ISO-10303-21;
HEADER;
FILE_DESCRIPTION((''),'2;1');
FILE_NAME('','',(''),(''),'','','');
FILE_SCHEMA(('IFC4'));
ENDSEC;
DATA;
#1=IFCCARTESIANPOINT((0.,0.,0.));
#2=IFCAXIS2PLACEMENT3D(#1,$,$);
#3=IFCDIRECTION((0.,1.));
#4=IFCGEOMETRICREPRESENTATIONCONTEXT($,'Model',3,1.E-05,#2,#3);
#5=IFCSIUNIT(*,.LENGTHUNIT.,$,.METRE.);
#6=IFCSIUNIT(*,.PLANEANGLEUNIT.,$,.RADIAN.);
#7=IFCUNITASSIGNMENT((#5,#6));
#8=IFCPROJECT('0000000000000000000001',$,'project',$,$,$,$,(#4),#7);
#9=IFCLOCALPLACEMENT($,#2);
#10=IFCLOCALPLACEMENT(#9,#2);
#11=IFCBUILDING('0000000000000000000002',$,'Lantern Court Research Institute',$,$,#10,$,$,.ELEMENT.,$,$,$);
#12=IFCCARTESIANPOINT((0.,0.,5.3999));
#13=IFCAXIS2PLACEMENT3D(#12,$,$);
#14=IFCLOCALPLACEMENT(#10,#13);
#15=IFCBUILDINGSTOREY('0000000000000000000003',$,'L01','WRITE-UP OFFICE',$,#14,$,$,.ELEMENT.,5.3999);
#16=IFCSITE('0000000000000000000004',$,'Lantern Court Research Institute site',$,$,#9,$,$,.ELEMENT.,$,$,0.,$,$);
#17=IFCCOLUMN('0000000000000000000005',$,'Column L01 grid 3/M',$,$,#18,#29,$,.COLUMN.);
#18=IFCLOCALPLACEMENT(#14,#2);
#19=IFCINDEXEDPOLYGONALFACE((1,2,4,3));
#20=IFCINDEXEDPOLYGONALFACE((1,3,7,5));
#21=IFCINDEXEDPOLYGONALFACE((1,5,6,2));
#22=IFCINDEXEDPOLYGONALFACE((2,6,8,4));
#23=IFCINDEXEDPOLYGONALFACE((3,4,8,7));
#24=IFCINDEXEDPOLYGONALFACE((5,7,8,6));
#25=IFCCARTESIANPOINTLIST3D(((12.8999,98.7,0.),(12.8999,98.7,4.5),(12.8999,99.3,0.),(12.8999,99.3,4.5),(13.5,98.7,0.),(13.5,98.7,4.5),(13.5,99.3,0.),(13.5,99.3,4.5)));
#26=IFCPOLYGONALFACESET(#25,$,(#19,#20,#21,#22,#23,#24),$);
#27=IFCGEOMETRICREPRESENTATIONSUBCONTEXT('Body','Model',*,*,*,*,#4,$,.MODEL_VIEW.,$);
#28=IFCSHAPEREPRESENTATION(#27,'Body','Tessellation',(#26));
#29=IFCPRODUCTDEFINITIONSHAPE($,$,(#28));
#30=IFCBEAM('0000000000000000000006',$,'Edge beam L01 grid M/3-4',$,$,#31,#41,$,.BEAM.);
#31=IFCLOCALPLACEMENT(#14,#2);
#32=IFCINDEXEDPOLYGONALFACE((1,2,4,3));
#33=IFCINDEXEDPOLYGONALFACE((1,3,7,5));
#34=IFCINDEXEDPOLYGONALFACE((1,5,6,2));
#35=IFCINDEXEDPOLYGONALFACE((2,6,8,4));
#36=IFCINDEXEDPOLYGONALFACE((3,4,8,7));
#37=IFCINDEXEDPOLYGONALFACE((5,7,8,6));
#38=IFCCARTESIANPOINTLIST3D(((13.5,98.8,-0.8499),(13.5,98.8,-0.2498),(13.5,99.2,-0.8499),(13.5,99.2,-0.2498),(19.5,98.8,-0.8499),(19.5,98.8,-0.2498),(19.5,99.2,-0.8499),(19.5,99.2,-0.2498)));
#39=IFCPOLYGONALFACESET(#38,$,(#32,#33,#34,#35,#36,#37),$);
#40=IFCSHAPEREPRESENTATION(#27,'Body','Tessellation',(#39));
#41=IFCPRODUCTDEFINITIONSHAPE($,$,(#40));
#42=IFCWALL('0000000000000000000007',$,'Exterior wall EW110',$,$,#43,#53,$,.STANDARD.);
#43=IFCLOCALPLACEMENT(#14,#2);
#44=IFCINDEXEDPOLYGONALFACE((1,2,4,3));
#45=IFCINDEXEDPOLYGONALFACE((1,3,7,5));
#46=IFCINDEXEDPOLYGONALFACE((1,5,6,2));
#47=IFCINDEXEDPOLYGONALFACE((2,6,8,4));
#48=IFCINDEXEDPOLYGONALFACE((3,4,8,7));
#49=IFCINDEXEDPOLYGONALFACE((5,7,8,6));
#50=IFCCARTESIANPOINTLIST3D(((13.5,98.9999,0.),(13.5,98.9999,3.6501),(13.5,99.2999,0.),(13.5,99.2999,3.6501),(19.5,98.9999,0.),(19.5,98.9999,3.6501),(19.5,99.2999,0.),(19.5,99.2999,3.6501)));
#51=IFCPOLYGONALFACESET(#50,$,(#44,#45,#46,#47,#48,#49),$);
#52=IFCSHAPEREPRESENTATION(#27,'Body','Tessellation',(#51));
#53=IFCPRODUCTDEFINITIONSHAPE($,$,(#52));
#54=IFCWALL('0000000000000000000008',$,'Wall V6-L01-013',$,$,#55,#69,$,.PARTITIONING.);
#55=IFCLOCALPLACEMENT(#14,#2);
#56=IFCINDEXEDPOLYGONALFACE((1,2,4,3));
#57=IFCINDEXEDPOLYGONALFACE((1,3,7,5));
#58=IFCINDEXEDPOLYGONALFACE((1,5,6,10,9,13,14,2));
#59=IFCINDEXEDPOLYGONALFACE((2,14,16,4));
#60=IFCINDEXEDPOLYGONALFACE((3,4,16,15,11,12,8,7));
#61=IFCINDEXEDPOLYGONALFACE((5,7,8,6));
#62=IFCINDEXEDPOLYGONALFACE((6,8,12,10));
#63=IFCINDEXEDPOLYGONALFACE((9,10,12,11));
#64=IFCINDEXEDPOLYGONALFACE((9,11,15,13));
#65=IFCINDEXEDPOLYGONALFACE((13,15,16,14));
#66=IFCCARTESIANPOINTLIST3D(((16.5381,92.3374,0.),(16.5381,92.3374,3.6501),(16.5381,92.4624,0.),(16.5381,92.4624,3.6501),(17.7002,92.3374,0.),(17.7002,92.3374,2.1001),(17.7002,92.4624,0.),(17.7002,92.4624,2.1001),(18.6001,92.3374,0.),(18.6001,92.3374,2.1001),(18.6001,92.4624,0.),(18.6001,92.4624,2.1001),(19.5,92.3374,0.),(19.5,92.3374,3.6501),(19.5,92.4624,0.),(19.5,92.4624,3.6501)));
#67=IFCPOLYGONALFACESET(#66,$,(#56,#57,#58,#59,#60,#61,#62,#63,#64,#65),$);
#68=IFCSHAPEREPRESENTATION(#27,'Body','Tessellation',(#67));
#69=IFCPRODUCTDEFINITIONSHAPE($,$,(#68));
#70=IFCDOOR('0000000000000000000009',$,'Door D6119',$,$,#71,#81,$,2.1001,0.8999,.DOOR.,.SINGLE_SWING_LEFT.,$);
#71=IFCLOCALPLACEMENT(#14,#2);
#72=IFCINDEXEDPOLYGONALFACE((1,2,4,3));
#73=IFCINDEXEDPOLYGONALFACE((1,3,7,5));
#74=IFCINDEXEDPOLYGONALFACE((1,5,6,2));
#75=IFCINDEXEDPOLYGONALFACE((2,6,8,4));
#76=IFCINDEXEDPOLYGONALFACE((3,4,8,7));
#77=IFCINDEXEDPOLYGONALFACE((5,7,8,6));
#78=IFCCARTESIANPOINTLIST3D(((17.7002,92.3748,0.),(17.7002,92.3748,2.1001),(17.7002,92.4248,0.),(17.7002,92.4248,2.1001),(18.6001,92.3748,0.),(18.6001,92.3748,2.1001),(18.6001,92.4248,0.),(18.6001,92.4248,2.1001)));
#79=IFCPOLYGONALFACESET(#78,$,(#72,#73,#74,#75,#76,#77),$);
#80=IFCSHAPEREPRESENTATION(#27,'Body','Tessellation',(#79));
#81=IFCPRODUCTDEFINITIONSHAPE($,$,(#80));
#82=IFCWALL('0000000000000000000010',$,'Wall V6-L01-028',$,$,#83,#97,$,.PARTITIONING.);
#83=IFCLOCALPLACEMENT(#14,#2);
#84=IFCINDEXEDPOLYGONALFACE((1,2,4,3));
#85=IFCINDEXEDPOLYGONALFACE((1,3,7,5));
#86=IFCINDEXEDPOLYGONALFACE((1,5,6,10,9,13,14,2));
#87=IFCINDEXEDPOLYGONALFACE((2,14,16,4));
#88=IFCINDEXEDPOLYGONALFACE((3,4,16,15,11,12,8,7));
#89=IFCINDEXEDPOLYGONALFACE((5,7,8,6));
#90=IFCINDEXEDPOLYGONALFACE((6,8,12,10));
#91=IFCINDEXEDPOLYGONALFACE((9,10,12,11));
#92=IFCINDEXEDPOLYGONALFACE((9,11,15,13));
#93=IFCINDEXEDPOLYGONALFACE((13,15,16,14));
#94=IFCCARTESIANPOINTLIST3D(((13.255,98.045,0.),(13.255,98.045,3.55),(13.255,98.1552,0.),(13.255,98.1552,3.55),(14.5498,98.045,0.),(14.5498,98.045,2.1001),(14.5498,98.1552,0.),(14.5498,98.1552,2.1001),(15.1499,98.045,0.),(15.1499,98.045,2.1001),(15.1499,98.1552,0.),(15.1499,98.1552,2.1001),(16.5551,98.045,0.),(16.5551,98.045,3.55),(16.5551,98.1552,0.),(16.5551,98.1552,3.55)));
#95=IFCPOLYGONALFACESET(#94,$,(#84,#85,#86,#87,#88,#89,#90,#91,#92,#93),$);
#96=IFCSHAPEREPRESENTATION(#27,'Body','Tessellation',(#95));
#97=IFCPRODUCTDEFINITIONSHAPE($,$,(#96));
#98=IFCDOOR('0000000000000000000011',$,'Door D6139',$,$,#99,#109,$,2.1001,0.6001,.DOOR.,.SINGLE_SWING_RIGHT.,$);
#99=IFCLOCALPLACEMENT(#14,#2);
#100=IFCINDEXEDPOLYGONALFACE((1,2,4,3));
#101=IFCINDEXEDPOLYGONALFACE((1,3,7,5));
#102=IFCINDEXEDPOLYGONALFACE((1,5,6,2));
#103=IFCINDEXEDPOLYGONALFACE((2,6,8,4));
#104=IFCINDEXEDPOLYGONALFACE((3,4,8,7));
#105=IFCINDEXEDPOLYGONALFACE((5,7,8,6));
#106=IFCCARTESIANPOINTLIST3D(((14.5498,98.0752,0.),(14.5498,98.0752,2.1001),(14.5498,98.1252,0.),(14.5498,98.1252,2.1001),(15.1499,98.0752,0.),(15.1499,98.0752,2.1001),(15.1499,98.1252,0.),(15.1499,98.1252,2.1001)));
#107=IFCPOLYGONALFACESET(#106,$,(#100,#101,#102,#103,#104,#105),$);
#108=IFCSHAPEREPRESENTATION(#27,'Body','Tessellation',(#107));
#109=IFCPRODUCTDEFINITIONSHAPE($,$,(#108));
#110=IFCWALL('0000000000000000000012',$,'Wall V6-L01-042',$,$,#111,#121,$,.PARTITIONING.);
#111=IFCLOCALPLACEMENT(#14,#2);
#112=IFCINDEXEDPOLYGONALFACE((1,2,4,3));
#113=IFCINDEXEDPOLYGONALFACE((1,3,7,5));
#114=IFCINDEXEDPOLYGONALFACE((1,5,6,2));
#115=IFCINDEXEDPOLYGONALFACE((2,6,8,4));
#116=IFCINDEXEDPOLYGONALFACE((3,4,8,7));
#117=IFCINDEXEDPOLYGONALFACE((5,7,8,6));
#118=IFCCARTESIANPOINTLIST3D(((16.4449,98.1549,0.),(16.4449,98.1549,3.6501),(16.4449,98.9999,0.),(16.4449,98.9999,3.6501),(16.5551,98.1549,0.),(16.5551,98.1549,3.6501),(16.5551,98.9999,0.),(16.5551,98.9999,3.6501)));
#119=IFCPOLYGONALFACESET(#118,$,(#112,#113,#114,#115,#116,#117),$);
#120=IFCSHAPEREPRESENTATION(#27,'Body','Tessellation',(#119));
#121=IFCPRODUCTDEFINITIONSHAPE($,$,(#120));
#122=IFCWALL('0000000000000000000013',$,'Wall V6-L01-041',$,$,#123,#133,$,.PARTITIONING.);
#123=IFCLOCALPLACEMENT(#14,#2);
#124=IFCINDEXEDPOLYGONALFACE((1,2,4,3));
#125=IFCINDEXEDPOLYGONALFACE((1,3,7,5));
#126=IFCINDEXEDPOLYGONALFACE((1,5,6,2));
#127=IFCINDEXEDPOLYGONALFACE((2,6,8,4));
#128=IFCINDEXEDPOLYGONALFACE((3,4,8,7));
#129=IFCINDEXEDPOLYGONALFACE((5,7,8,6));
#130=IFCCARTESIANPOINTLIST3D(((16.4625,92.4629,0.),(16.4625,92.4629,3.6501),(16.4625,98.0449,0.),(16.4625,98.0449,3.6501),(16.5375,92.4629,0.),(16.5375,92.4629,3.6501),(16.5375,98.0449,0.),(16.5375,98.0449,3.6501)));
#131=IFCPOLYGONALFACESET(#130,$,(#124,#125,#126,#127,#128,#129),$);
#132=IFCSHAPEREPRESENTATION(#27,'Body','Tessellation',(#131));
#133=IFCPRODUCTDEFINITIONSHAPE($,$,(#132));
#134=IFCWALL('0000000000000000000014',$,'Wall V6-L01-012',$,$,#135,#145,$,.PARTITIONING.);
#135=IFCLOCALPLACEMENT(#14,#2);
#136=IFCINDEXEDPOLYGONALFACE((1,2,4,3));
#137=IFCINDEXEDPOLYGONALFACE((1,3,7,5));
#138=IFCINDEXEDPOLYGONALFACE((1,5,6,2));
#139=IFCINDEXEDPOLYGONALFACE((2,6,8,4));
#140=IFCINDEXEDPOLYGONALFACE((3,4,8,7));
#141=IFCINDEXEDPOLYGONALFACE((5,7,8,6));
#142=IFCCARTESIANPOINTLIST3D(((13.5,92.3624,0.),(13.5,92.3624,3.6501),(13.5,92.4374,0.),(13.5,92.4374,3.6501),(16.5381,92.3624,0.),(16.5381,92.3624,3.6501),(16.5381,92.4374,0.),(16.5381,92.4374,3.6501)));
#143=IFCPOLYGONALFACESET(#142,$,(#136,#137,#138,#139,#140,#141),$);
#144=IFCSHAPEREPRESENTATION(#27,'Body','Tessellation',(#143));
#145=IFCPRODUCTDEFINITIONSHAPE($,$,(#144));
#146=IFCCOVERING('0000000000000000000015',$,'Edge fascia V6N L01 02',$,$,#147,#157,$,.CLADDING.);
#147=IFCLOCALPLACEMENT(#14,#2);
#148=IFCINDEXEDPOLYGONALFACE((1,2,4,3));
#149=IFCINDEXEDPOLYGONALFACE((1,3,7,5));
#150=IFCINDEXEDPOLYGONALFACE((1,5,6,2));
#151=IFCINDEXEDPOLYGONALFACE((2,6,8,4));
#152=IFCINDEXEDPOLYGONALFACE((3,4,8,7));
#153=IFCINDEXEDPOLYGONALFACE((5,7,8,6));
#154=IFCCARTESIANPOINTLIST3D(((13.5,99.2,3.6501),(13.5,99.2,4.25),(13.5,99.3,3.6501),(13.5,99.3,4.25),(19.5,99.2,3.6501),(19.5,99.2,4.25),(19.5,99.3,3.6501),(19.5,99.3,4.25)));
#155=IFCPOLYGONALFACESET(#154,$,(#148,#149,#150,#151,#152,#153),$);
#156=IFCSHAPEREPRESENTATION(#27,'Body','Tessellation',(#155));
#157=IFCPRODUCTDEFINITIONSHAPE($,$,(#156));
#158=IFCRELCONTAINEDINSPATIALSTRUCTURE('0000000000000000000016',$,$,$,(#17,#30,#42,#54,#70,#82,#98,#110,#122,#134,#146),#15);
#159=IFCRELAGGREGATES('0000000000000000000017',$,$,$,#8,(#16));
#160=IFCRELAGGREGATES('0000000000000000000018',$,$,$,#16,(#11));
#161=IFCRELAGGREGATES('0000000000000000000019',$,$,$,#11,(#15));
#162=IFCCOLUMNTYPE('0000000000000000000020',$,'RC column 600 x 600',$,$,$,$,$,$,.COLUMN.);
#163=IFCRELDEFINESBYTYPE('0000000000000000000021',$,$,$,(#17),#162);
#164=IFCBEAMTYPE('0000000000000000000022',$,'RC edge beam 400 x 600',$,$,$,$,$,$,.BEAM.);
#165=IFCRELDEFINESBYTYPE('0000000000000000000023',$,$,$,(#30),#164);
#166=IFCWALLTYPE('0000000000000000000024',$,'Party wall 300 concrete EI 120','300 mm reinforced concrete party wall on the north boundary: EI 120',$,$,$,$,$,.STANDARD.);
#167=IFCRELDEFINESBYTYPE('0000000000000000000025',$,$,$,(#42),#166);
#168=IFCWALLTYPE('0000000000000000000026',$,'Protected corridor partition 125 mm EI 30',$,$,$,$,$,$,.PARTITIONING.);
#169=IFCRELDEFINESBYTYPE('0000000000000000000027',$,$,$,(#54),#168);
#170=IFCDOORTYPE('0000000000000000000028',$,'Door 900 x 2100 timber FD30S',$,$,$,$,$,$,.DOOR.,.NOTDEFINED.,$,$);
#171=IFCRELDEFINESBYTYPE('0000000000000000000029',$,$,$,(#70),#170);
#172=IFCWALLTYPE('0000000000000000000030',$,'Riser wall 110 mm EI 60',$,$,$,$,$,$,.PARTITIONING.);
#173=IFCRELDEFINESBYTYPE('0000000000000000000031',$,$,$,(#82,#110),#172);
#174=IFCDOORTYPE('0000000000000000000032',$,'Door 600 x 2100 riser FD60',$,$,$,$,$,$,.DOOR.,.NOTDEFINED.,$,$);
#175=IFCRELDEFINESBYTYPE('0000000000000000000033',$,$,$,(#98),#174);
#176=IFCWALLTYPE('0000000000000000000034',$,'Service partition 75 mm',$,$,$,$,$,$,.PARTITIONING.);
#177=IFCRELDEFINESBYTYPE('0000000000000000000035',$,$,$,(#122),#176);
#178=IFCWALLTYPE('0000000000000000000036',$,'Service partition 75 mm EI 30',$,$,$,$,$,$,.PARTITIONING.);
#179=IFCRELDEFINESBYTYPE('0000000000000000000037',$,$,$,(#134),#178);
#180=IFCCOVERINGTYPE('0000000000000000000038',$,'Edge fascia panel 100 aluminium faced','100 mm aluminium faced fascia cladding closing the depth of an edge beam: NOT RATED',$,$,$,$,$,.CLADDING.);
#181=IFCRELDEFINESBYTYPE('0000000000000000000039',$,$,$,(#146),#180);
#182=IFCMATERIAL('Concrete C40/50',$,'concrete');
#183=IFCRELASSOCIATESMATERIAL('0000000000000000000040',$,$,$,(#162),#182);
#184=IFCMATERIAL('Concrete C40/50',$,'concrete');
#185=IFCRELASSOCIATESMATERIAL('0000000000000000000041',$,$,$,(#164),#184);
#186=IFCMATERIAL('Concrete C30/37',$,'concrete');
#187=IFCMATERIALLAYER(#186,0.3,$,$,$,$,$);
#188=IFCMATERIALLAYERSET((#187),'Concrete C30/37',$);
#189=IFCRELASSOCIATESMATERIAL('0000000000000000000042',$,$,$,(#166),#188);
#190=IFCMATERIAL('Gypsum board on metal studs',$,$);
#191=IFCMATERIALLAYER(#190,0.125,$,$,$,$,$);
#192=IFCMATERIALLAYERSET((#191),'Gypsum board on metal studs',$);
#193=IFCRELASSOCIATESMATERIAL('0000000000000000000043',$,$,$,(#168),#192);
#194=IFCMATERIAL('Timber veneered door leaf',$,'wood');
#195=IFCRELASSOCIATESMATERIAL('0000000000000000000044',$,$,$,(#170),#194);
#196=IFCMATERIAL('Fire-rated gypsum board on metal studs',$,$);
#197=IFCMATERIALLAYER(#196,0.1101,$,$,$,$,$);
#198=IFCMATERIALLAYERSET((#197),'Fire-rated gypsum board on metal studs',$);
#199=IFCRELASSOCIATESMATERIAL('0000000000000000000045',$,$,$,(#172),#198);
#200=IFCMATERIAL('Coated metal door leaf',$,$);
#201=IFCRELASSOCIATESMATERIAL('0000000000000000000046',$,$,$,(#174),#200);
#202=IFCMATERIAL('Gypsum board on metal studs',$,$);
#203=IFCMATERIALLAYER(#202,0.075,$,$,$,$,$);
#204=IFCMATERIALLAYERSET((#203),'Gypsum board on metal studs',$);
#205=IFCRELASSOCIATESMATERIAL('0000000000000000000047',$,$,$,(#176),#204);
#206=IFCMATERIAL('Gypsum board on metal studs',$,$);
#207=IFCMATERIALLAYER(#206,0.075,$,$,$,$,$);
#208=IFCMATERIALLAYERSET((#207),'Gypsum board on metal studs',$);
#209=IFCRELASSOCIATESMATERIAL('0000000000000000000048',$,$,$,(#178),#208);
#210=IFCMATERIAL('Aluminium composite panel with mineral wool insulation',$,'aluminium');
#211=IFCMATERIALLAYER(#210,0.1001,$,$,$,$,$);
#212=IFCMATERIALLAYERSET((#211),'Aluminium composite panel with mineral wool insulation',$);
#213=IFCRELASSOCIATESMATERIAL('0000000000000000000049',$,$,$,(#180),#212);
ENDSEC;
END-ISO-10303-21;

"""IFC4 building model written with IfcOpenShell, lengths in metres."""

from ifc_helpers import new_model, si_unit, direction, frame, frame_2d, origin, origin_2d, place, context, subcontext, project, spatial, rectangle, extrude, material, layer, layer_set, material_profile, profile_set, type_object, element, fill, save


model = new_model("IFC4")

# Units and contexts
model_context = context("Model", 3, precision=1e-05, world=origin(), true_north=direction((0.0, 1.0)))
body_context = subcontext(model_context, "Body", "Model", "MODEL_VIEW")
ifc_project = project(units=[si_unit("LENGTHUNIT", "METRE"), si_unit("PLANEANGLEUNIT", "RADIAN")], contexts=[model_context])

# Site, building, storey
site_placement = place(None, origin())
site = spatial("IfcSite", under=ifc_project, at=site_placement, Name="Lantern Court Research Institute site", CompositionType="ELEMENT", RefElevation=0.0)
building_placement = place(site_placement, origin())
building = spatial("IfcBuilding", under=site, at=building_placement, Name="Lantern Court Research Institute", CompositionType="ELEMENT")
storey_placement = place(building_placement, frame((0.0, 0.0, 5.3999)))
storey = spatial("IfcBuildingStorey", under=building, at=storey_placement, Name="L01", Description="WRITE-UP OFFICE", CompositionType="ELEMENT", Elevation=5.3999)

# Column
ifc_material_1 = material(Name="Concrete C40/50", Category="concrete")
ifc_material_profile_1 = material_profile(ifc_material_1, rectangle(XDim=0.6001, YDim=0.6001, at=origin_2d()), Name="RC column 600 x 600")
ifc_profile_set_1 = profile_set([ifc_material_profile_1], Name="Concrete C40/50")
column_type = type_object("IfcColumnType", Name="RC column 600 x 600", PredefinedType="COLUMN", material=ifc_profile_set_1)
column_placement = place(storey_placement, frame((13.2, 99.0, 0.0), z_axis=(0.0, 0.0, 1.0), x_axis=(1.0, 0.0, 0.0)))
element("IfcColumn", 1, at=column_placement, inside=storey, type_object=column_type, Name="Column L01 grid 3/M", PredefinedType="COLUMN", context=body_context, shape_type="SweptSolid", body=[
    extrude(rectangle(XDim=0.6001, YDim=0.6001, at=origin_2d()), origin(), (0.0, 0.0, 1.0), 4.5),
])

# Beam
ifc_material_2 = material(Name="Concrete C40/50", Category="concrete")
ifc_material_profile_2 = material_profile(ifc_material_2, rectangle(XDim=0.3999, YDim=0.6001, at=origin_2d()), Name="RC beam 400 x 600")
ifc_profile_set_2 = profile_set([ifc_material_profile_2], Name="Concrete C40/50")
beam_type = type_object("IfcBeamType", Name="RC edge beam 400 x 600", PredefinedType="BEAM", material=ifc_profile_set_2)
beam_placement = place(storey_placement, frame((13.5, 99.0, -0.5498), z_axis=(1.0, 0.0, 0.0), x_axis=(0.0, 1.0, 0.0)))
element("IfcBeam", 2, at=beam_placement, inside=storey, type_object=beam_type, Name="Edge beam L01 grid M/3-4", PredefinedType="BEAM", context=body_context, shape_type="SweptSolid", body=[
    extrude(rectangle(XDim=0.3999, YDim=0.6001, at=origin_2d()), origin(), (0.0, 0.0, 1.0), 6.0),
])

# Wall
ifc_material_3 = material(Name="Concrete C30/37", Category="concrete")
ifc_layer_1 = layer(ifc_material_3, 0.3)
ifc_layer_set_1 = layer_set([ifc_layer_1], Name="Concrete C30/37")
wall_type_1 = type_object("IfcWallType", Name="Party wall 300 concrete EI 120", Description="300 mm reinforced concrete party wall on the north boundary: EI 120", PredefinedType="STANDARD", material=ifc_layer_set_1)
wall_1_placement = place(storey_placement, frame((13.5, 99.1499, 0.0), z_axis=(0.0, 0.0, 1.0), x_axis=(1.0, 0.0, 0.0)))
element("IfcWall", 3, at=wall_1_placement, inside=storey, type_object=wall_type_1, Name="Exterior wall EW110", PredefinedType="STANDARD", context=body_context, shape_type="SweptSolid", body=[
    extrude(rectangle(XDim=6.0, YDim=0.3, at=frame_2d((3.0, 0.0))), origin(), (0.0, 0.0, 1.0), 3.6501),
])

# Walls, openings, doors
ifc_material_4 = material(Name="Gypsum board on metal studs")
ifc_layer_2 = layer(ifc_material_4, 0.125)
ifc_layer_set_2 = layer_set([ifc_layer_2], Name="Gypsum board on metal studs")
wall_type_2 = type_object("IfcWallType", Name="Protected corridor partition 125 mm EI 30", PredefinedType="PARTITIONING", material=ifc_layer_set_2)
wall_2_placement = place(storey_placement, frame((16.5381, 92.3999, 0.0), z_axis=(0.0, 0.0, 1.0), x_axis=(1.0, 0.0, 0.0)))
wall_2 = element("IfcWall", 4, at=wall_2_placement, inside=storey, type_object=wall_type_2, Name="Wall V6-L01-013", PredefinedType="PARTITIONING", context=body_context, shape_type="SweptSolid", body=[
    extrude(rectangle(XDim=2.9619, YDim=0.125, at=frame_2d((1.481, 0.0))), origin(), (0.0, 0.0, 1.0), 3.6501),
])
opening_1_placement = place(wall_2_placement, frame((1.1621, 0.0, 0.0)))
opening_1 = element("IfcOpeningElement", 5, at=opening_1_placement, cuts=wall_2, PredefinedType="OPENING", context=body_context, shape_type="SweptSolid", body=[
    extrude(rectangle(XDim=0.8999, YDim=2.1001, at=frame_2d((0.45, 1.05))), frame((0.0, 0.0725, 0.0), z_axis=(0.0, -1.0, 0.0), x_axis=(1.0, 0.0, 0.0)), (0.0, 0.0, 1.0), 0.145),
])
ifc_material_5 = material(Name="Timber veneered door leaf", Category="wood")
door_type_1 = type_object("IfcDoorType", Name="Door 900 x 2100 timber FD30S", OperationType="NOTDEFINED", PredefinedType="DOOR", material=ifc_material_5)
door_1_placement = place(opening_1_placement, origin())
door_1 = element("IfcDoor", 6, at=door_1_placement, inside=storey, type_object=door_type_1, Name="Door D6119", OperationType="SINGLE_SWING_LEFT", OverallHeight=2.1001, OverallWidth=0.8999, PredefinedType="DOOR", context=body_context, shape_type="SweptSolid", body=[
    extrude(rectangle(XDim=0.8999, YDim=2.1001, at=frame_2d((0.45, 1.05))), frame((0.0, 0.0249, 0.0), z_axis=(0.0, -1.0, 0.0), x_axis=(1.0, 0.0, 0.0)), (0.0, 0.0, 1.0), 0.05),
])
fill(opening_1, door_1)
ifc_material_6 = material(Name="Fire-rated gypsum board on metal studs")
ifc_layer_3 = layer(ifc_material_6, 0.1101)
ifc_layer_set_3 = layer_set([ifc_layer_3], Name="Fire-rated gypsum board on metal studs")
wall_type_3 = type_object("IfcWallType", Name="Riser wall 110 mm EI 60", PredefinedType="PARTITIONING", material=ifc_layer_set_3)
wall_3_placement = place(storey_placement, frame((16.5549, 98.1001, 0.0), z_axis=(0.0, 0.0, 1.0), x_axis=(-1.0, 0.0, 0.0)))
wall_3 = element("IfcWall", 7, at=wall_3_placement, inside=storey, type_object=wall_type_3, Name="Wall V6-L01-028", PredefinedType="PARTITIONING", context=body_context, shape_type="SweptSolid", body=[
    extrude(rectangle(XDim=3.3, YDim=0.1101, at=frame_2d((1.6499, 0.0))), origin(), (0.0, 0.0, 1.0), 3.55),
])
opening_2_placement = place(wall_3_placement, frame((1.405, 0.0, 0.0)))
opening_2 = element("IfcOpeningElement", 8, at=opening_2_placement, cuts=wall_3, PredefinedType="OPENING", context=body_context, shape_type="SweptSolid", body=[
    extrude(rectangle(XDim=0.6001, YDim=2.1001, at=frame_2d((0.3, 1.05))), frame((0.0, 0.0649, 0.0), z_axis=(0.0, -1.0, 0.0), x_axis=(1.0, 0.0, 0.0)), (0.0, 0.0, 1.0), 0.1301),
])
ifc_material_7 = material(Name="Coated metal door leaf")
door_type_2 = type_object("IfcDoorType", Name="Door 600 x 2100 riser FD60", OperationType="NOTDEFINED", PredefinedType="DOOR", material=ifc_material_7)
door_2_placement = place(opening_2_placement, origin())
door_2 = element("IfcDoor", 9, at=door_2_placement, inside=storey, type_object=door_type_2, Name="Door D6139", OperationType="SINGLE_SWING_RIGHT", OverallHeight=2.1001, OverallWidth=0.6001, PredefinedType="DOOR", context=body_context, shape_type="SweptSolid", body=[
    extrude(rectangle(XDim=0.6001, YDim=2.1001, at=frame_2d((0.3, 1.05))), frame((0.0, 0.0249, 0.0), z_axis=(0.0, -1.0, 0.0), x_axis=(1.0, 0.0, 0.0)), (0.0, 0.0, 1.0), 0.05),
])
fill(opening_2, door_2)

# Walls
wall_4_placement = place(storey_placement, frame((16.5, 98.155, 0.0), z_axis=(0.0, 0.0, 1.0), x_axis=(0.0, 1.0, 0.0)))
element("IfcWall", 10, at=wall_4_placement, inside=storey, type_object=wall_type_3, Name="Wall V6-L01-042", PredefinedType="PARTITIONING", context=body_context, shape_type="SweptSolid", body=[
    extrude(rectangle(XDim=0.845, YDim=0.1101, at=frame_2d((0.4224, 0.0))), origin(), (0.0, 0.0, 1.0), 3.6501),
])
ifc_material_8 = material(Name="Gypsum board on metal studs")
ifc_layer_4 = layer(ifc_material_8, 0.075)
ifc_layer_set_4 = layer_set([ifc_layer_4], Name="Gypsum board on metal studs")
wall_type_4 = type_object("IfcWallType", Name="Service partition 75 mm", PredefinedType="PARTITIONING", material=ifc_layer_set_4)
wall_5_placement = place(storey_placement, frame((16.5, 92.4629, 0.0), z_axis=(0.0, 0.0, 1.0), x_axis=(0.0, 1.0, 0.0)))
element("IfcWall", 11, at=wall_5_placement, inside=storey, type_object=wall_type_4, Name="Wall V6-L01-041", PredefinedType="PARTITIONING", context=body_context, shape_type="SweptSolid", body=[
    extrude(rectangle(XDim=5.582, YDim=0.075, at=frame_2d((2.791, 0.0))), origin(), (0.0, 0.0, 1.0), 3.6501),
])
ifc_material_9 = material(Name="Gypsum board on metal studs")
ifc_layer_5 = layer(ifc_material_9, 0.075)
ifc_layer_set_5 = layer_set([ifc_layer_5], Name="Gypsum board on metal studs")
wall_type_5 = type_object("IfcWallType", Name="Service partition 75 mm EI 30", PredefinedType="PARTITIONING", material=ifc_layer_set_5)
wall_6_placement = place(storey_placement, frame((13.5, 92.3999, 0.0), z_axis=(0.0, 0.0, 1.0), x_axis=(1.0, 0.0, 0.0)))
element("IfcWall", 12, at=wall_6_placement, inside=storey, type_object=wall_type_5, Name="Wall V6-L01-012", PredefinedType="PARTITIONING", context=body_context, shape_type="SweptSolid", body=[
    extrude(rectangle(XDim=3.0381, YDim=0.075, at=frame_2d((1.519, 0.0))), origin(), (0.0, 0.0, 1.0), 3.6501),
])

# Covering
ifc_material_10 = material(Name="Aluminium composite panel with mineral wool insulation", Category="aluminium")
ifc_layer_6 = layer(ifc_material_10, 0.1001)
ifc_layer_set_6 = layer_set([ifc_layer_6], Name="Aluminium composite panel with mineral wool insulation")
covering_type_1 = type_object("IfcCoveringType", Name="Edge fascia panel 100 aluminium faced", Description="100 mm aluminium faced fascia cladding closing the depth of an edge beam: NOT RATED", PredefinedType="CLADDING", material=ifc_layer_set_6)
covering_1_placement = place(storey_placement, frame((13.5, 99.25, 3.6501), z_axis=(0.0, 0.0, 1.0), x_axis=(1.0, 0.0, 0.0)))
element("IfcCovering", 13, at=covering_1_placement, inside=storey, type_object=covering_type_1, Name="Edge fascia V6N L01 02", PredefinedType="CLADDING", context=body_context, shape_type="SweptSolid", body=[
    extrude(rectangle(XDim=6.0, YDim=0.1001, at=frame_2d((3.0, 0.0))), origin(), (0.0, 0.0, 1.0), 0.5999),
])

save(model, "model.ifc")
